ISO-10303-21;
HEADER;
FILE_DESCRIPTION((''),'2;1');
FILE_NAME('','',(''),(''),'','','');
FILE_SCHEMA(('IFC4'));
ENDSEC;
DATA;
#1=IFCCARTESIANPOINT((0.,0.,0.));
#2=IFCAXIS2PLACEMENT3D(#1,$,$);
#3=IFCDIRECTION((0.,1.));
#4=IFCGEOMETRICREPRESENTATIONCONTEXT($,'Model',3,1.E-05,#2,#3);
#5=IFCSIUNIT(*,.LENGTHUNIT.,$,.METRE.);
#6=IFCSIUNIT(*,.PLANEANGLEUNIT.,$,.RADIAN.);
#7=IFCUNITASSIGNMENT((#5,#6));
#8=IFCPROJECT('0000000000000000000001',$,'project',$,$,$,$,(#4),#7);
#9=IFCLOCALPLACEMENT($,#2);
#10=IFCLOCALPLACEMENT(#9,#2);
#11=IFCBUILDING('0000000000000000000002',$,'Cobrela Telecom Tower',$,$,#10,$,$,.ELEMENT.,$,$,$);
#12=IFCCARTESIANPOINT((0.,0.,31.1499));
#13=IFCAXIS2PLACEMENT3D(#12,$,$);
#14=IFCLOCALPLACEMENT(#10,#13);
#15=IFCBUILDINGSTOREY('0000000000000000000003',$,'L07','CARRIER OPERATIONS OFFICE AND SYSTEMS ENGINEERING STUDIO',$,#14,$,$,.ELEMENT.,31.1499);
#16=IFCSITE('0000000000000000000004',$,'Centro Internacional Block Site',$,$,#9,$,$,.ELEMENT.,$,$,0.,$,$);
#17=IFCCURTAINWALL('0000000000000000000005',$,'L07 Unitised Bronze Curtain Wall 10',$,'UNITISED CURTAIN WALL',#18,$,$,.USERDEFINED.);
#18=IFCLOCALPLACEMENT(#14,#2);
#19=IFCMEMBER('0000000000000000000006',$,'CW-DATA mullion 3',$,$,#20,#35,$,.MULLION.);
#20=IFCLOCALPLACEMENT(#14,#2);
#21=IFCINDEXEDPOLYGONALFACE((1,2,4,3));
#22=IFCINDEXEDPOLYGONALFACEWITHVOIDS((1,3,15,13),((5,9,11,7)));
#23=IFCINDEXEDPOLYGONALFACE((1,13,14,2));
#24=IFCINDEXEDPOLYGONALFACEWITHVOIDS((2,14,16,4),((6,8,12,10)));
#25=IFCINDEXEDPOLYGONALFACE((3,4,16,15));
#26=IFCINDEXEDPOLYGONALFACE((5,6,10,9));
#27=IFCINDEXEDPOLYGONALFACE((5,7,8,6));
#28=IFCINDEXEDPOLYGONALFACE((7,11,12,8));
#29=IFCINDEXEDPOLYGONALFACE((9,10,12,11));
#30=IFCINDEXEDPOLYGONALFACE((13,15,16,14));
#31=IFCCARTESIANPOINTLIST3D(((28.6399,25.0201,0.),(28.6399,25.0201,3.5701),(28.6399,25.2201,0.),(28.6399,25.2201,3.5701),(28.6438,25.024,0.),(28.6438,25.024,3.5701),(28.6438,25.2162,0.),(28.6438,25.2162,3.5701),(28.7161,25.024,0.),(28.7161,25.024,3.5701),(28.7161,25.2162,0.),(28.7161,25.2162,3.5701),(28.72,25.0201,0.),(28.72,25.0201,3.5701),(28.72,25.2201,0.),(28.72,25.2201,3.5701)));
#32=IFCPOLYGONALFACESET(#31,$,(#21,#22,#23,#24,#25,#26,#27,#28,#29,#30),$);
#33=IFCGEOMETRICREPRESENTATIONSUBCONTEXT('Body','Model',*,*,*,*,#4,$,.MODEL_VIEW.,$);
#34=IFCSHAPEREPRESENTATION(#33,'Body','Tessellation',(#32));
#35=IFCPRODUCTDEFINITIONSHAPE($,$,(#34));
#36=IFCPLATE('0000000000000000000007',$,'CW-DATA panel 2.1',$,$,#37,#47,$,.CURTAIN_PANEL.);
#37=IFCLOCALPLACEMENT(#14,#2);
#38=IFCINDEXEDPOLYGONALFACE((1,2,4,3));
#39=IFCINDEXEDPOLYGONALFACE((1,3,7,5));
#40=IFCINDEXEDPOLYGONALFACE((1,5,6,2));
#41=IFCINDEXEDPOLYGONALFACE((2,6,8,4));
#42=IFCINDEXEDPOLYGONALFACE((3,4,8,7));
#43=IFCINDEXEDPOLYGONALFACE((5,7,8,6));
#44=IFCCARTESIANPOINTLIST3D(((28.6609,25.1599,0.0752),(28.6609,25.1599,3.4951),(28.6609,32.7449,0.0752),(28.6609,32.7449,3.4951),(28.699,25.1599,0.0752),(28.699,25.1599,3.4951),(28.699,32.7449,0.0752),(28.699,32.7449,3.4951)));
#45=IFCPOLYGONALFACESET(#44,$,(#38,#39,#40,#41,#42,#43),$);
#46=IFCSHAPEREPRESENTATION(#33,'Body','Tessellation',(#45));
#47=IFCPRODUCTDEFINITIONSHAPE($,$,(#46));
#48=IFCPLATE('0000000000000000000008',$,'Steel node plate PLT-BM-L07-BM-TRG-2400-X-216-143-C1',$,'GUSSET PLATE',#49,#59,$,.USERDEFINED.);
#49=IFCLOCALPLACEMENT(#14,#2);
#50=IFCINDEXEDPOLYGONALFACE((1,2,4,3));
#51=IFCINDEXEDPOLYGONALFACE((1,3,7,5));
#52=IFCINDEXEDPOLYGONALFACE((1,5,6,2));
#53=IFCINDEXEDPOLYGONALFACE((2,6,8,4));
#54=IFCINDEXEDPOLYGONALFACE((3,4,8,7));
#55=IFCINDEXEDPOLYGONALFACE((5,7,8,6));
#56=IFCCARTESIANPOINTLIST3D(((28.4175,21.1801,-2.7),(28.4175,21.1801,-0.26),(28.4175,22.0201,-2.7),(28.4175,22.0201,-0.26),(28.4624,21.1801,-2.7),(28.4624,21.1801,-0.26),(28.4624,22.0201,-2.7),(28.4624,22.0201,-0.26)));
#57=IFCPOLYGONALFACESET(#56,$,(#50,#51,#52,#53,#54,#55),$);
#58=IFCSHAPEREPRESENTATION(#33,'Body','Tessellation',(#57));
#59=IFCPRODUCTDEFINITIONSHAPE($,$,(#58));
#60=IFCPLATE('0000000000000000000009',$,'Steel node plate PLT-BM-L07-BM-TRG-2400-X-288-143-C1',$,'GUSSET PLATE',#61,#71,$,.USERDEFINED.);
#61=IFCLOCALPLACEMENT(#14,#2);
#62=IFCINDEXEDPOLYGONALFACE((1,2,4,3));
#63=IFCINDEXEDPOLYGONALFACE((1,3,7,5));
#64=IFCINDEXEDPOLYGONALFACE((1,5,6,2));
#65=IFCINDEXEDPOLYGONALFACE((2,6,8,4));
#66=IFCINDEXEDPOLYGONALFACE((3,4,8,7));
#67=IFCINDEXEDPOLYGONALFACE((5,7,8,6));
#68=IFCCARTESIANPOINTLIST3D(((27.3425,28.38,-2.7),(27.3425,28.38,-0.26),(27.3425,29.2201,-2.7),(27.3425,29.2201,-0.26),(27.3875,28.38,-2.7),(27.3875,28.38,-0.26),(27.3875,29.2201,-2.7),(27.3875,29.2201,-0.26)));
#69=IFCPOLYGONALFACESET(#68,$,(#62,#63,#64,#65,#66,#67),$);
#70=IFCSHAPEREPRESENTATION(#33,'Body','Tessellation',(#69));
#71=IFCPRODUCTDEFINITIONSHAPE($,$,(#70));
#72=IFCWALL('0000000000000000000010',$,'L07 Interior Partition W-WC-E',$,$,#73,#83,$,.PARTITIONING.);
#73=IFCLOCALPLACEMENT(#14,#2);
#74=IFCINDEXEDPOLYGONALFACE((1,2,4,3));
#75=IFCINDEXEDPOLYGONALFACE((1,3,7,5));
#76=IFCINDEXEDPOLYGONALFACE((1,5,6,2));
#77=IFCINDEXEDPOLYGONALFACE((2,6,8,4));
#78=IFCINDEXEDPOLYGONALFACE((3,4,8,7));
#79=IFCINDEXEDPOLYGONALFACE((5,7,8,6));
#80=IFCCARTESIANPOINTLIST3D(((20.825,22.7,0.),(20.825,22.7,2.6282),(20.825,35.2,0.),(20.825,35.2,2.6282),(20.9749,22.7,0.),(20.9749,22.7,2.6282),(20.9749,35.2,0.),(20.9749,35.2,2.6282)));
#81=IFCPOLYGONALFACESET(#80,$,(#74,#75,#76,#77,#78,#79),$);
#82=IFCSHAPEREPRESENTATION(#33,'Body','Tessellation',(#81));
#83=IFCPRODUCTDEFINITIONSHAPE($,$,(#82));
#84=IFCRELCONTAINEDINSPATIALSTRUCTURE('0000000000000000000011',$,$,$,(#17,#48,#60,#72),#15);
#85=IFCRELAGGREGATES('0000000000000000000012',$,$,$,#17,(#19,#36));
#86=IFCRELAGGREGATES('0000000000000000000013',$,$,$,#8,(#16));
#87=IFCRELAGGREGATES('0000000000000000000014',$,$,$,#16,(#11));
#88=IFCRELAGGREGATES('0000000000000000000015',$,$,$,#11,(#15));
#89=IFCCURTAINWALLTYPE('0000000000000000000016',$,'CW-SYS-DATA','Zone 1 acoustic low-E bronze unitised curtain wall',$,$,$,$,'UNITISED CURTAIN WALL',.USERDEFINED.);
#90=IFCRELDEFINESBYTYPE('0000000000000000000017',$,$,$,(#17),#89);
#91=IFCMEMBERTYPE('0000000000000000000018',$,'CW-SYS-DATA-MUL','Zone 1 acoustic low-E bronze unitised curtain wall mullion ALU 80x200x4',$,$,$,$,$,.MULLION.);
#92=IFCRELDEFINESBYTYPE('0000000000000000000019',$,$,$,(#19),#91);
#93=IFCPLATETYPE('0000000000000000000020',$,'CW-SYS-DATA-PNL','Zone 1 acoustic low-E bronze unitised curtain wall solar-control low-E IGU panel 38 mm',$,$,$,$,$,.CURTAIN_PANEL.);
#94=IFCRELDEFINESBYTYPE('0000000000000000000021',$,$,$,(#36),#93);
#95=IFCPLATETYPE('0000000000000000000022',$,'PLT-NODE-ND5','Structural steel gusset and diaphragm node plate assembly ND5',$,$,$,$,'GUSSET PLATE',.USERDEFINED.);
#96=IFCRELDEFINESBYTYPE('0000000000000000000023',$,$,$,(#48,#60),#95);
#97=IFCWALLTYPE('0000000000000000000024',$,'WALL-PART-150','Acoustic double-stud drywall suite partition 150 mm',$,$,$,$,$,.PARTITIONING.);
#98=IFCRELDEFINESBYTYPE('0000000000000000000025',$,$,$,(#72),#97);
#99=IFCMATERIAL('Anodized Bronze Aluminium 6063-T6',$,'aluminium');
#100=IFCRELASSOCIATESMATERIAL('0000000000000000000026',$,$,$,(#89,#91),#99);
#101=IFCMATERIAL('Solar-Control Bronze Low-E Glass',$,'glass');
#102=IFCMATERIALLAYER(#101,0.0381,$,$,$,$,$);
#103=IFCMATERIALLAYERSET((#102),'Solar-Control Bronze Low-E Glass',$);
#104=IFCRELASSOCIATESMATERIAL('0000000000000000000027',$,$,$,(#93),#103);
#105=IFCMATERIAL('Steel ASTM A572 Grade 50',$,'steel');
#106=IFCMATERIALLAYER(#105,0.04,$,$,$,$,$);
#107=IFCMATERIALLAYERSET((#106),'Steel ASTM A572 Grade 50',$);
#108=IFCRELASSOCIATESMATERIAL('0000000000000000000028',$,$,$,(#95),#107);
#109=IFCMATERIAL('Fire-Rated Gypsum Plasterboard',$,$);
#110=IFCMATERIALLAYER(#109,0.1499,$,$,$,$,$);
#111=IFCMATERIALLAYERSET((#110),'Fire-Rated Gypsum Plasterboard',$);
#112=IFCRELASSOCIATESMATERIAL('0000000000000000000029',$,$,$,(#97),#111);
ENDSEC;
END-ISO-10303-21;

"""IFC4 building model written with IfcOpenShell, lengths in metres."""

from ifc_helpers import new_model, si_unit, direction, frame, frame_2d, origin, origin_2d, place, context, subcontext, project, spatial, rectangle, hollow_rectangle, extrude, material, layer, layer_set, material_profile, profile_set, type_object, element, aggregate, save


model = new_model("IFC4")

# Units and contexts
model_context = context("Model", 3, precision=1e-05, world=origin(), true_north=direction((0.0, 1.0)))
body_context = subcontext(model_context, "Body", "Model", "MODEL_VIEW")
ifc_project = project(units=[si_unit("LENGTHUNIT", "METRE"), si_unit("PLANEANGLEUNIT", "RADIAN")], contexts=[model_context])

# Site, building, storey
site_placement = place(None, origin())
site = spatial("IfcSite", under=ifc_project, at=site_placement, Name="Centro Internacional Block Site", CompositionType="ELEMENT", RefElevation=0.0)
building_placement = place(site_placement, origin())
building = spatial("IfcBuilding", under=site, at=building_placement, Name="Cobrela Telecom Tower", CompositionType="ELEMENT")
storey_placement = place(building_placement, frame((0.0, 0.0, 31.1499)))
storey = spatial("IfcBuildingStorey", under=building, at=storey_placement, Name="L07", Description="CARRIER OPERATIONS OFFICE AND SYSTEMS ENGINEERING STUDIO", CompositionType="ELEMENT", Elevation=31.1499)

# Shared definitions
ifc_material_1 = material(Name="Steel ASTM A572 Grade 50", Category="steel")

# Curtain wall, member, plate
ifc_material_2 = material(Name="Anodized Bronze Aluminium 6063-T6", Category="aluminium")
curtain_wall_type = type_object("IfcCurtainWallType", Name="CW-SYS-DATA", Description="Zone 1 acoustic low-E bronze unitised curtain wall", ElementType="UNITISED CURTAIN WALL", PredefinedType="USERDEFINED", material=ifc_material_2)
curtain_wall_placement = place(storey_placement, origin())
curtain_wall = element("IfcCurtainWall", 1, at=curtain_wall_placement, inside=storey, type_object=curtain_wall_type, Name="L07 Unitised Bronze Curtain Wall 10", ObjectType="UNITISED CURTAIN WALL", PredefinedType="USERDEFINED")
ifc_material_profile_1 = material_profile(ifc_material_2, hollow_rectangle(XDim=0.0801, YDim=0.2, WallThickness=0.0039, at=origin_2d()), Name="ALU 80x200x4")
ifc_profile_set_1 = profile_set([ifc_material_profile_1], Name="Anodized Bronze Aluminium 6063-T6")
member_type = type_object("IfcMemberType", Name="CW-SYS-DATA-MUL", Description="Zone 1 acoustic low-E bronze unitised curtain wall mullion ALU 80x200x4", PredefinedType="MULLION", material=ifc_profile_set_1)
member_placement = place(storey_placement, frame((28.6799, 25.1201, 0.0), z_axis=(0.0, 0.0, 1.0), x_axis=(1.0, 0.0, 0.0)))
member = element("IfcMember", 2, at=member_placement, type_object=member_type, Name="CW-DATA mullion 3", PredefinedType="MULLION", context=body_context, shape_type="SweptSolid", body=[
    extrude(hollow_rectangle(XDim=0.0801, YDim=0.2, WallThickness=0.0039, at=origin_2d()), origin(), (0.0, 0.0, 1.0), 3.5701),
])
ifc_material_3 = material(Name="Solar-Control Bronze Low-E Glass", Category="glass")
ifc_layer_1 = layer(ifc_material_3, 0.0381)
ifc_layer_set_1 = layer_set([ifc_layer_1], Name="Solar-Control Bronze Low-E Glass")
plate_type_1 = type_object("IfcPlateType", Name="CW-SYS-DATA-PNL", Description="Zone 1 acoustic low-E bronze unitised curtain wall solar-control low-E IGU panel 38 mm", PredefinedType="CURTAIN_PANEL", material=ifc_layer_set_1)
plate_placement = place(storey_placement, frame((28.6799, 28.9524, 0.0752), z_axis=(0.0, 0.0, 1.0), x_axis=(0.0, -1.0, 0.0)))
plate = element("IfcPlate", 3, at=plate_placement, type_object=plate_type_1, Name="CW-DATA panel 2.1", PredefinedType="CURTAIN_PANEL", context=body_context, shape_type="SweptSolid", body=[
    extrude(rectangle(XDim=7.585, YDim=0.0381, at=origin_2d()), origin(), (0.0, 0.0, 1.0), 3.4199),
])
aggregate(curtain_wall, [member, plate])

# Plates
ifc_layer_2 = layer(ifc_material_1, 0.04)
ifc_layer_set_2 = layer_set([ifc_layer_2], Name="Steel ASTM A572 Grade 50")
plate_type_2 = type_object("IfcPlateType", Name="PLT-NODE-ND5", Description="Structural steel gusset and diaphragm node plate assembly ND5", ElementType="GUSSET PLATE", PredefinedType="USERDEFINED", material=ifc_layer_set_2)
for number, where, z_axis, x_axis, name in (
    (4, (28.4399, 21.6001, -2.7), (0.0, 0.0, 1.0), (1.0, 0.0, 0.0), "Steel node plate PLT-BM-L07-BM-TRG-2400-X-216-143-C1"),
    (5, (27.365, 28.8, -2.7), (0.0, 0.0, 1.0), (1.0, 0.0, 0.0), "Steel node plate PLT-BM-L07-BM-TRG-2400-X-288-143-C1"),
):
    element("IfcPlate", number, at=place(storey_placement, frame(where, z_axis=z_axis, x_axis=x_axis)), inside=storey, type_object=plate_type_2, Name=name, ObjectType="GUSSET PLATE", PredefinedType="USERDEFINED", context=body_context, shape_type="SweptSolid", body=[
        extrude(rectangle(XDim=0.0449, YDim=0.8401, at=origin_2d()), origin(), (0.0, 0.0, 1.0), 2.4399),
    ])

# Wall
ifc_material_4 = material(Name="Fire-Rated Gypsum Plasterboard")
ifc_layer_3 = layer(ifc_material_4, 0.1499)
ifc_layer_set_3 = layer_set([ifc_layer_3], Name="Fire-Rated Gypsum Plasterboard")
wall_type = type_object("IfcWallType", Name="WALL-PART-150", Description="Acoustic double-stud drywall suite partition 150 mm", PredefinedType="PARTITIONING", material=ifc_layer_set_3)
wall_placement = place(storey_placement, frame((20.8999, 22.7, 0.0), z_axis=(0.0, 0.0, 1.0), x_axis=(0.0, 1.0, 0.0)))
element("IfcWall", 6, at=wall_placement, inside=storey, type_object=wall_type, Name="L07 Interior Partition W-WC-E", PredefinedType="PARTITIONING", context=body_context, shape_type="SweptSolid", body=[
    extrude(rectangle(XDim=12.5, YDim=0.1499, at=frame_2d((6.25, 0.0))), origin(), (0.0, 0.0, 1.0), 2.6282),
])

save(model, "model.ifc")
